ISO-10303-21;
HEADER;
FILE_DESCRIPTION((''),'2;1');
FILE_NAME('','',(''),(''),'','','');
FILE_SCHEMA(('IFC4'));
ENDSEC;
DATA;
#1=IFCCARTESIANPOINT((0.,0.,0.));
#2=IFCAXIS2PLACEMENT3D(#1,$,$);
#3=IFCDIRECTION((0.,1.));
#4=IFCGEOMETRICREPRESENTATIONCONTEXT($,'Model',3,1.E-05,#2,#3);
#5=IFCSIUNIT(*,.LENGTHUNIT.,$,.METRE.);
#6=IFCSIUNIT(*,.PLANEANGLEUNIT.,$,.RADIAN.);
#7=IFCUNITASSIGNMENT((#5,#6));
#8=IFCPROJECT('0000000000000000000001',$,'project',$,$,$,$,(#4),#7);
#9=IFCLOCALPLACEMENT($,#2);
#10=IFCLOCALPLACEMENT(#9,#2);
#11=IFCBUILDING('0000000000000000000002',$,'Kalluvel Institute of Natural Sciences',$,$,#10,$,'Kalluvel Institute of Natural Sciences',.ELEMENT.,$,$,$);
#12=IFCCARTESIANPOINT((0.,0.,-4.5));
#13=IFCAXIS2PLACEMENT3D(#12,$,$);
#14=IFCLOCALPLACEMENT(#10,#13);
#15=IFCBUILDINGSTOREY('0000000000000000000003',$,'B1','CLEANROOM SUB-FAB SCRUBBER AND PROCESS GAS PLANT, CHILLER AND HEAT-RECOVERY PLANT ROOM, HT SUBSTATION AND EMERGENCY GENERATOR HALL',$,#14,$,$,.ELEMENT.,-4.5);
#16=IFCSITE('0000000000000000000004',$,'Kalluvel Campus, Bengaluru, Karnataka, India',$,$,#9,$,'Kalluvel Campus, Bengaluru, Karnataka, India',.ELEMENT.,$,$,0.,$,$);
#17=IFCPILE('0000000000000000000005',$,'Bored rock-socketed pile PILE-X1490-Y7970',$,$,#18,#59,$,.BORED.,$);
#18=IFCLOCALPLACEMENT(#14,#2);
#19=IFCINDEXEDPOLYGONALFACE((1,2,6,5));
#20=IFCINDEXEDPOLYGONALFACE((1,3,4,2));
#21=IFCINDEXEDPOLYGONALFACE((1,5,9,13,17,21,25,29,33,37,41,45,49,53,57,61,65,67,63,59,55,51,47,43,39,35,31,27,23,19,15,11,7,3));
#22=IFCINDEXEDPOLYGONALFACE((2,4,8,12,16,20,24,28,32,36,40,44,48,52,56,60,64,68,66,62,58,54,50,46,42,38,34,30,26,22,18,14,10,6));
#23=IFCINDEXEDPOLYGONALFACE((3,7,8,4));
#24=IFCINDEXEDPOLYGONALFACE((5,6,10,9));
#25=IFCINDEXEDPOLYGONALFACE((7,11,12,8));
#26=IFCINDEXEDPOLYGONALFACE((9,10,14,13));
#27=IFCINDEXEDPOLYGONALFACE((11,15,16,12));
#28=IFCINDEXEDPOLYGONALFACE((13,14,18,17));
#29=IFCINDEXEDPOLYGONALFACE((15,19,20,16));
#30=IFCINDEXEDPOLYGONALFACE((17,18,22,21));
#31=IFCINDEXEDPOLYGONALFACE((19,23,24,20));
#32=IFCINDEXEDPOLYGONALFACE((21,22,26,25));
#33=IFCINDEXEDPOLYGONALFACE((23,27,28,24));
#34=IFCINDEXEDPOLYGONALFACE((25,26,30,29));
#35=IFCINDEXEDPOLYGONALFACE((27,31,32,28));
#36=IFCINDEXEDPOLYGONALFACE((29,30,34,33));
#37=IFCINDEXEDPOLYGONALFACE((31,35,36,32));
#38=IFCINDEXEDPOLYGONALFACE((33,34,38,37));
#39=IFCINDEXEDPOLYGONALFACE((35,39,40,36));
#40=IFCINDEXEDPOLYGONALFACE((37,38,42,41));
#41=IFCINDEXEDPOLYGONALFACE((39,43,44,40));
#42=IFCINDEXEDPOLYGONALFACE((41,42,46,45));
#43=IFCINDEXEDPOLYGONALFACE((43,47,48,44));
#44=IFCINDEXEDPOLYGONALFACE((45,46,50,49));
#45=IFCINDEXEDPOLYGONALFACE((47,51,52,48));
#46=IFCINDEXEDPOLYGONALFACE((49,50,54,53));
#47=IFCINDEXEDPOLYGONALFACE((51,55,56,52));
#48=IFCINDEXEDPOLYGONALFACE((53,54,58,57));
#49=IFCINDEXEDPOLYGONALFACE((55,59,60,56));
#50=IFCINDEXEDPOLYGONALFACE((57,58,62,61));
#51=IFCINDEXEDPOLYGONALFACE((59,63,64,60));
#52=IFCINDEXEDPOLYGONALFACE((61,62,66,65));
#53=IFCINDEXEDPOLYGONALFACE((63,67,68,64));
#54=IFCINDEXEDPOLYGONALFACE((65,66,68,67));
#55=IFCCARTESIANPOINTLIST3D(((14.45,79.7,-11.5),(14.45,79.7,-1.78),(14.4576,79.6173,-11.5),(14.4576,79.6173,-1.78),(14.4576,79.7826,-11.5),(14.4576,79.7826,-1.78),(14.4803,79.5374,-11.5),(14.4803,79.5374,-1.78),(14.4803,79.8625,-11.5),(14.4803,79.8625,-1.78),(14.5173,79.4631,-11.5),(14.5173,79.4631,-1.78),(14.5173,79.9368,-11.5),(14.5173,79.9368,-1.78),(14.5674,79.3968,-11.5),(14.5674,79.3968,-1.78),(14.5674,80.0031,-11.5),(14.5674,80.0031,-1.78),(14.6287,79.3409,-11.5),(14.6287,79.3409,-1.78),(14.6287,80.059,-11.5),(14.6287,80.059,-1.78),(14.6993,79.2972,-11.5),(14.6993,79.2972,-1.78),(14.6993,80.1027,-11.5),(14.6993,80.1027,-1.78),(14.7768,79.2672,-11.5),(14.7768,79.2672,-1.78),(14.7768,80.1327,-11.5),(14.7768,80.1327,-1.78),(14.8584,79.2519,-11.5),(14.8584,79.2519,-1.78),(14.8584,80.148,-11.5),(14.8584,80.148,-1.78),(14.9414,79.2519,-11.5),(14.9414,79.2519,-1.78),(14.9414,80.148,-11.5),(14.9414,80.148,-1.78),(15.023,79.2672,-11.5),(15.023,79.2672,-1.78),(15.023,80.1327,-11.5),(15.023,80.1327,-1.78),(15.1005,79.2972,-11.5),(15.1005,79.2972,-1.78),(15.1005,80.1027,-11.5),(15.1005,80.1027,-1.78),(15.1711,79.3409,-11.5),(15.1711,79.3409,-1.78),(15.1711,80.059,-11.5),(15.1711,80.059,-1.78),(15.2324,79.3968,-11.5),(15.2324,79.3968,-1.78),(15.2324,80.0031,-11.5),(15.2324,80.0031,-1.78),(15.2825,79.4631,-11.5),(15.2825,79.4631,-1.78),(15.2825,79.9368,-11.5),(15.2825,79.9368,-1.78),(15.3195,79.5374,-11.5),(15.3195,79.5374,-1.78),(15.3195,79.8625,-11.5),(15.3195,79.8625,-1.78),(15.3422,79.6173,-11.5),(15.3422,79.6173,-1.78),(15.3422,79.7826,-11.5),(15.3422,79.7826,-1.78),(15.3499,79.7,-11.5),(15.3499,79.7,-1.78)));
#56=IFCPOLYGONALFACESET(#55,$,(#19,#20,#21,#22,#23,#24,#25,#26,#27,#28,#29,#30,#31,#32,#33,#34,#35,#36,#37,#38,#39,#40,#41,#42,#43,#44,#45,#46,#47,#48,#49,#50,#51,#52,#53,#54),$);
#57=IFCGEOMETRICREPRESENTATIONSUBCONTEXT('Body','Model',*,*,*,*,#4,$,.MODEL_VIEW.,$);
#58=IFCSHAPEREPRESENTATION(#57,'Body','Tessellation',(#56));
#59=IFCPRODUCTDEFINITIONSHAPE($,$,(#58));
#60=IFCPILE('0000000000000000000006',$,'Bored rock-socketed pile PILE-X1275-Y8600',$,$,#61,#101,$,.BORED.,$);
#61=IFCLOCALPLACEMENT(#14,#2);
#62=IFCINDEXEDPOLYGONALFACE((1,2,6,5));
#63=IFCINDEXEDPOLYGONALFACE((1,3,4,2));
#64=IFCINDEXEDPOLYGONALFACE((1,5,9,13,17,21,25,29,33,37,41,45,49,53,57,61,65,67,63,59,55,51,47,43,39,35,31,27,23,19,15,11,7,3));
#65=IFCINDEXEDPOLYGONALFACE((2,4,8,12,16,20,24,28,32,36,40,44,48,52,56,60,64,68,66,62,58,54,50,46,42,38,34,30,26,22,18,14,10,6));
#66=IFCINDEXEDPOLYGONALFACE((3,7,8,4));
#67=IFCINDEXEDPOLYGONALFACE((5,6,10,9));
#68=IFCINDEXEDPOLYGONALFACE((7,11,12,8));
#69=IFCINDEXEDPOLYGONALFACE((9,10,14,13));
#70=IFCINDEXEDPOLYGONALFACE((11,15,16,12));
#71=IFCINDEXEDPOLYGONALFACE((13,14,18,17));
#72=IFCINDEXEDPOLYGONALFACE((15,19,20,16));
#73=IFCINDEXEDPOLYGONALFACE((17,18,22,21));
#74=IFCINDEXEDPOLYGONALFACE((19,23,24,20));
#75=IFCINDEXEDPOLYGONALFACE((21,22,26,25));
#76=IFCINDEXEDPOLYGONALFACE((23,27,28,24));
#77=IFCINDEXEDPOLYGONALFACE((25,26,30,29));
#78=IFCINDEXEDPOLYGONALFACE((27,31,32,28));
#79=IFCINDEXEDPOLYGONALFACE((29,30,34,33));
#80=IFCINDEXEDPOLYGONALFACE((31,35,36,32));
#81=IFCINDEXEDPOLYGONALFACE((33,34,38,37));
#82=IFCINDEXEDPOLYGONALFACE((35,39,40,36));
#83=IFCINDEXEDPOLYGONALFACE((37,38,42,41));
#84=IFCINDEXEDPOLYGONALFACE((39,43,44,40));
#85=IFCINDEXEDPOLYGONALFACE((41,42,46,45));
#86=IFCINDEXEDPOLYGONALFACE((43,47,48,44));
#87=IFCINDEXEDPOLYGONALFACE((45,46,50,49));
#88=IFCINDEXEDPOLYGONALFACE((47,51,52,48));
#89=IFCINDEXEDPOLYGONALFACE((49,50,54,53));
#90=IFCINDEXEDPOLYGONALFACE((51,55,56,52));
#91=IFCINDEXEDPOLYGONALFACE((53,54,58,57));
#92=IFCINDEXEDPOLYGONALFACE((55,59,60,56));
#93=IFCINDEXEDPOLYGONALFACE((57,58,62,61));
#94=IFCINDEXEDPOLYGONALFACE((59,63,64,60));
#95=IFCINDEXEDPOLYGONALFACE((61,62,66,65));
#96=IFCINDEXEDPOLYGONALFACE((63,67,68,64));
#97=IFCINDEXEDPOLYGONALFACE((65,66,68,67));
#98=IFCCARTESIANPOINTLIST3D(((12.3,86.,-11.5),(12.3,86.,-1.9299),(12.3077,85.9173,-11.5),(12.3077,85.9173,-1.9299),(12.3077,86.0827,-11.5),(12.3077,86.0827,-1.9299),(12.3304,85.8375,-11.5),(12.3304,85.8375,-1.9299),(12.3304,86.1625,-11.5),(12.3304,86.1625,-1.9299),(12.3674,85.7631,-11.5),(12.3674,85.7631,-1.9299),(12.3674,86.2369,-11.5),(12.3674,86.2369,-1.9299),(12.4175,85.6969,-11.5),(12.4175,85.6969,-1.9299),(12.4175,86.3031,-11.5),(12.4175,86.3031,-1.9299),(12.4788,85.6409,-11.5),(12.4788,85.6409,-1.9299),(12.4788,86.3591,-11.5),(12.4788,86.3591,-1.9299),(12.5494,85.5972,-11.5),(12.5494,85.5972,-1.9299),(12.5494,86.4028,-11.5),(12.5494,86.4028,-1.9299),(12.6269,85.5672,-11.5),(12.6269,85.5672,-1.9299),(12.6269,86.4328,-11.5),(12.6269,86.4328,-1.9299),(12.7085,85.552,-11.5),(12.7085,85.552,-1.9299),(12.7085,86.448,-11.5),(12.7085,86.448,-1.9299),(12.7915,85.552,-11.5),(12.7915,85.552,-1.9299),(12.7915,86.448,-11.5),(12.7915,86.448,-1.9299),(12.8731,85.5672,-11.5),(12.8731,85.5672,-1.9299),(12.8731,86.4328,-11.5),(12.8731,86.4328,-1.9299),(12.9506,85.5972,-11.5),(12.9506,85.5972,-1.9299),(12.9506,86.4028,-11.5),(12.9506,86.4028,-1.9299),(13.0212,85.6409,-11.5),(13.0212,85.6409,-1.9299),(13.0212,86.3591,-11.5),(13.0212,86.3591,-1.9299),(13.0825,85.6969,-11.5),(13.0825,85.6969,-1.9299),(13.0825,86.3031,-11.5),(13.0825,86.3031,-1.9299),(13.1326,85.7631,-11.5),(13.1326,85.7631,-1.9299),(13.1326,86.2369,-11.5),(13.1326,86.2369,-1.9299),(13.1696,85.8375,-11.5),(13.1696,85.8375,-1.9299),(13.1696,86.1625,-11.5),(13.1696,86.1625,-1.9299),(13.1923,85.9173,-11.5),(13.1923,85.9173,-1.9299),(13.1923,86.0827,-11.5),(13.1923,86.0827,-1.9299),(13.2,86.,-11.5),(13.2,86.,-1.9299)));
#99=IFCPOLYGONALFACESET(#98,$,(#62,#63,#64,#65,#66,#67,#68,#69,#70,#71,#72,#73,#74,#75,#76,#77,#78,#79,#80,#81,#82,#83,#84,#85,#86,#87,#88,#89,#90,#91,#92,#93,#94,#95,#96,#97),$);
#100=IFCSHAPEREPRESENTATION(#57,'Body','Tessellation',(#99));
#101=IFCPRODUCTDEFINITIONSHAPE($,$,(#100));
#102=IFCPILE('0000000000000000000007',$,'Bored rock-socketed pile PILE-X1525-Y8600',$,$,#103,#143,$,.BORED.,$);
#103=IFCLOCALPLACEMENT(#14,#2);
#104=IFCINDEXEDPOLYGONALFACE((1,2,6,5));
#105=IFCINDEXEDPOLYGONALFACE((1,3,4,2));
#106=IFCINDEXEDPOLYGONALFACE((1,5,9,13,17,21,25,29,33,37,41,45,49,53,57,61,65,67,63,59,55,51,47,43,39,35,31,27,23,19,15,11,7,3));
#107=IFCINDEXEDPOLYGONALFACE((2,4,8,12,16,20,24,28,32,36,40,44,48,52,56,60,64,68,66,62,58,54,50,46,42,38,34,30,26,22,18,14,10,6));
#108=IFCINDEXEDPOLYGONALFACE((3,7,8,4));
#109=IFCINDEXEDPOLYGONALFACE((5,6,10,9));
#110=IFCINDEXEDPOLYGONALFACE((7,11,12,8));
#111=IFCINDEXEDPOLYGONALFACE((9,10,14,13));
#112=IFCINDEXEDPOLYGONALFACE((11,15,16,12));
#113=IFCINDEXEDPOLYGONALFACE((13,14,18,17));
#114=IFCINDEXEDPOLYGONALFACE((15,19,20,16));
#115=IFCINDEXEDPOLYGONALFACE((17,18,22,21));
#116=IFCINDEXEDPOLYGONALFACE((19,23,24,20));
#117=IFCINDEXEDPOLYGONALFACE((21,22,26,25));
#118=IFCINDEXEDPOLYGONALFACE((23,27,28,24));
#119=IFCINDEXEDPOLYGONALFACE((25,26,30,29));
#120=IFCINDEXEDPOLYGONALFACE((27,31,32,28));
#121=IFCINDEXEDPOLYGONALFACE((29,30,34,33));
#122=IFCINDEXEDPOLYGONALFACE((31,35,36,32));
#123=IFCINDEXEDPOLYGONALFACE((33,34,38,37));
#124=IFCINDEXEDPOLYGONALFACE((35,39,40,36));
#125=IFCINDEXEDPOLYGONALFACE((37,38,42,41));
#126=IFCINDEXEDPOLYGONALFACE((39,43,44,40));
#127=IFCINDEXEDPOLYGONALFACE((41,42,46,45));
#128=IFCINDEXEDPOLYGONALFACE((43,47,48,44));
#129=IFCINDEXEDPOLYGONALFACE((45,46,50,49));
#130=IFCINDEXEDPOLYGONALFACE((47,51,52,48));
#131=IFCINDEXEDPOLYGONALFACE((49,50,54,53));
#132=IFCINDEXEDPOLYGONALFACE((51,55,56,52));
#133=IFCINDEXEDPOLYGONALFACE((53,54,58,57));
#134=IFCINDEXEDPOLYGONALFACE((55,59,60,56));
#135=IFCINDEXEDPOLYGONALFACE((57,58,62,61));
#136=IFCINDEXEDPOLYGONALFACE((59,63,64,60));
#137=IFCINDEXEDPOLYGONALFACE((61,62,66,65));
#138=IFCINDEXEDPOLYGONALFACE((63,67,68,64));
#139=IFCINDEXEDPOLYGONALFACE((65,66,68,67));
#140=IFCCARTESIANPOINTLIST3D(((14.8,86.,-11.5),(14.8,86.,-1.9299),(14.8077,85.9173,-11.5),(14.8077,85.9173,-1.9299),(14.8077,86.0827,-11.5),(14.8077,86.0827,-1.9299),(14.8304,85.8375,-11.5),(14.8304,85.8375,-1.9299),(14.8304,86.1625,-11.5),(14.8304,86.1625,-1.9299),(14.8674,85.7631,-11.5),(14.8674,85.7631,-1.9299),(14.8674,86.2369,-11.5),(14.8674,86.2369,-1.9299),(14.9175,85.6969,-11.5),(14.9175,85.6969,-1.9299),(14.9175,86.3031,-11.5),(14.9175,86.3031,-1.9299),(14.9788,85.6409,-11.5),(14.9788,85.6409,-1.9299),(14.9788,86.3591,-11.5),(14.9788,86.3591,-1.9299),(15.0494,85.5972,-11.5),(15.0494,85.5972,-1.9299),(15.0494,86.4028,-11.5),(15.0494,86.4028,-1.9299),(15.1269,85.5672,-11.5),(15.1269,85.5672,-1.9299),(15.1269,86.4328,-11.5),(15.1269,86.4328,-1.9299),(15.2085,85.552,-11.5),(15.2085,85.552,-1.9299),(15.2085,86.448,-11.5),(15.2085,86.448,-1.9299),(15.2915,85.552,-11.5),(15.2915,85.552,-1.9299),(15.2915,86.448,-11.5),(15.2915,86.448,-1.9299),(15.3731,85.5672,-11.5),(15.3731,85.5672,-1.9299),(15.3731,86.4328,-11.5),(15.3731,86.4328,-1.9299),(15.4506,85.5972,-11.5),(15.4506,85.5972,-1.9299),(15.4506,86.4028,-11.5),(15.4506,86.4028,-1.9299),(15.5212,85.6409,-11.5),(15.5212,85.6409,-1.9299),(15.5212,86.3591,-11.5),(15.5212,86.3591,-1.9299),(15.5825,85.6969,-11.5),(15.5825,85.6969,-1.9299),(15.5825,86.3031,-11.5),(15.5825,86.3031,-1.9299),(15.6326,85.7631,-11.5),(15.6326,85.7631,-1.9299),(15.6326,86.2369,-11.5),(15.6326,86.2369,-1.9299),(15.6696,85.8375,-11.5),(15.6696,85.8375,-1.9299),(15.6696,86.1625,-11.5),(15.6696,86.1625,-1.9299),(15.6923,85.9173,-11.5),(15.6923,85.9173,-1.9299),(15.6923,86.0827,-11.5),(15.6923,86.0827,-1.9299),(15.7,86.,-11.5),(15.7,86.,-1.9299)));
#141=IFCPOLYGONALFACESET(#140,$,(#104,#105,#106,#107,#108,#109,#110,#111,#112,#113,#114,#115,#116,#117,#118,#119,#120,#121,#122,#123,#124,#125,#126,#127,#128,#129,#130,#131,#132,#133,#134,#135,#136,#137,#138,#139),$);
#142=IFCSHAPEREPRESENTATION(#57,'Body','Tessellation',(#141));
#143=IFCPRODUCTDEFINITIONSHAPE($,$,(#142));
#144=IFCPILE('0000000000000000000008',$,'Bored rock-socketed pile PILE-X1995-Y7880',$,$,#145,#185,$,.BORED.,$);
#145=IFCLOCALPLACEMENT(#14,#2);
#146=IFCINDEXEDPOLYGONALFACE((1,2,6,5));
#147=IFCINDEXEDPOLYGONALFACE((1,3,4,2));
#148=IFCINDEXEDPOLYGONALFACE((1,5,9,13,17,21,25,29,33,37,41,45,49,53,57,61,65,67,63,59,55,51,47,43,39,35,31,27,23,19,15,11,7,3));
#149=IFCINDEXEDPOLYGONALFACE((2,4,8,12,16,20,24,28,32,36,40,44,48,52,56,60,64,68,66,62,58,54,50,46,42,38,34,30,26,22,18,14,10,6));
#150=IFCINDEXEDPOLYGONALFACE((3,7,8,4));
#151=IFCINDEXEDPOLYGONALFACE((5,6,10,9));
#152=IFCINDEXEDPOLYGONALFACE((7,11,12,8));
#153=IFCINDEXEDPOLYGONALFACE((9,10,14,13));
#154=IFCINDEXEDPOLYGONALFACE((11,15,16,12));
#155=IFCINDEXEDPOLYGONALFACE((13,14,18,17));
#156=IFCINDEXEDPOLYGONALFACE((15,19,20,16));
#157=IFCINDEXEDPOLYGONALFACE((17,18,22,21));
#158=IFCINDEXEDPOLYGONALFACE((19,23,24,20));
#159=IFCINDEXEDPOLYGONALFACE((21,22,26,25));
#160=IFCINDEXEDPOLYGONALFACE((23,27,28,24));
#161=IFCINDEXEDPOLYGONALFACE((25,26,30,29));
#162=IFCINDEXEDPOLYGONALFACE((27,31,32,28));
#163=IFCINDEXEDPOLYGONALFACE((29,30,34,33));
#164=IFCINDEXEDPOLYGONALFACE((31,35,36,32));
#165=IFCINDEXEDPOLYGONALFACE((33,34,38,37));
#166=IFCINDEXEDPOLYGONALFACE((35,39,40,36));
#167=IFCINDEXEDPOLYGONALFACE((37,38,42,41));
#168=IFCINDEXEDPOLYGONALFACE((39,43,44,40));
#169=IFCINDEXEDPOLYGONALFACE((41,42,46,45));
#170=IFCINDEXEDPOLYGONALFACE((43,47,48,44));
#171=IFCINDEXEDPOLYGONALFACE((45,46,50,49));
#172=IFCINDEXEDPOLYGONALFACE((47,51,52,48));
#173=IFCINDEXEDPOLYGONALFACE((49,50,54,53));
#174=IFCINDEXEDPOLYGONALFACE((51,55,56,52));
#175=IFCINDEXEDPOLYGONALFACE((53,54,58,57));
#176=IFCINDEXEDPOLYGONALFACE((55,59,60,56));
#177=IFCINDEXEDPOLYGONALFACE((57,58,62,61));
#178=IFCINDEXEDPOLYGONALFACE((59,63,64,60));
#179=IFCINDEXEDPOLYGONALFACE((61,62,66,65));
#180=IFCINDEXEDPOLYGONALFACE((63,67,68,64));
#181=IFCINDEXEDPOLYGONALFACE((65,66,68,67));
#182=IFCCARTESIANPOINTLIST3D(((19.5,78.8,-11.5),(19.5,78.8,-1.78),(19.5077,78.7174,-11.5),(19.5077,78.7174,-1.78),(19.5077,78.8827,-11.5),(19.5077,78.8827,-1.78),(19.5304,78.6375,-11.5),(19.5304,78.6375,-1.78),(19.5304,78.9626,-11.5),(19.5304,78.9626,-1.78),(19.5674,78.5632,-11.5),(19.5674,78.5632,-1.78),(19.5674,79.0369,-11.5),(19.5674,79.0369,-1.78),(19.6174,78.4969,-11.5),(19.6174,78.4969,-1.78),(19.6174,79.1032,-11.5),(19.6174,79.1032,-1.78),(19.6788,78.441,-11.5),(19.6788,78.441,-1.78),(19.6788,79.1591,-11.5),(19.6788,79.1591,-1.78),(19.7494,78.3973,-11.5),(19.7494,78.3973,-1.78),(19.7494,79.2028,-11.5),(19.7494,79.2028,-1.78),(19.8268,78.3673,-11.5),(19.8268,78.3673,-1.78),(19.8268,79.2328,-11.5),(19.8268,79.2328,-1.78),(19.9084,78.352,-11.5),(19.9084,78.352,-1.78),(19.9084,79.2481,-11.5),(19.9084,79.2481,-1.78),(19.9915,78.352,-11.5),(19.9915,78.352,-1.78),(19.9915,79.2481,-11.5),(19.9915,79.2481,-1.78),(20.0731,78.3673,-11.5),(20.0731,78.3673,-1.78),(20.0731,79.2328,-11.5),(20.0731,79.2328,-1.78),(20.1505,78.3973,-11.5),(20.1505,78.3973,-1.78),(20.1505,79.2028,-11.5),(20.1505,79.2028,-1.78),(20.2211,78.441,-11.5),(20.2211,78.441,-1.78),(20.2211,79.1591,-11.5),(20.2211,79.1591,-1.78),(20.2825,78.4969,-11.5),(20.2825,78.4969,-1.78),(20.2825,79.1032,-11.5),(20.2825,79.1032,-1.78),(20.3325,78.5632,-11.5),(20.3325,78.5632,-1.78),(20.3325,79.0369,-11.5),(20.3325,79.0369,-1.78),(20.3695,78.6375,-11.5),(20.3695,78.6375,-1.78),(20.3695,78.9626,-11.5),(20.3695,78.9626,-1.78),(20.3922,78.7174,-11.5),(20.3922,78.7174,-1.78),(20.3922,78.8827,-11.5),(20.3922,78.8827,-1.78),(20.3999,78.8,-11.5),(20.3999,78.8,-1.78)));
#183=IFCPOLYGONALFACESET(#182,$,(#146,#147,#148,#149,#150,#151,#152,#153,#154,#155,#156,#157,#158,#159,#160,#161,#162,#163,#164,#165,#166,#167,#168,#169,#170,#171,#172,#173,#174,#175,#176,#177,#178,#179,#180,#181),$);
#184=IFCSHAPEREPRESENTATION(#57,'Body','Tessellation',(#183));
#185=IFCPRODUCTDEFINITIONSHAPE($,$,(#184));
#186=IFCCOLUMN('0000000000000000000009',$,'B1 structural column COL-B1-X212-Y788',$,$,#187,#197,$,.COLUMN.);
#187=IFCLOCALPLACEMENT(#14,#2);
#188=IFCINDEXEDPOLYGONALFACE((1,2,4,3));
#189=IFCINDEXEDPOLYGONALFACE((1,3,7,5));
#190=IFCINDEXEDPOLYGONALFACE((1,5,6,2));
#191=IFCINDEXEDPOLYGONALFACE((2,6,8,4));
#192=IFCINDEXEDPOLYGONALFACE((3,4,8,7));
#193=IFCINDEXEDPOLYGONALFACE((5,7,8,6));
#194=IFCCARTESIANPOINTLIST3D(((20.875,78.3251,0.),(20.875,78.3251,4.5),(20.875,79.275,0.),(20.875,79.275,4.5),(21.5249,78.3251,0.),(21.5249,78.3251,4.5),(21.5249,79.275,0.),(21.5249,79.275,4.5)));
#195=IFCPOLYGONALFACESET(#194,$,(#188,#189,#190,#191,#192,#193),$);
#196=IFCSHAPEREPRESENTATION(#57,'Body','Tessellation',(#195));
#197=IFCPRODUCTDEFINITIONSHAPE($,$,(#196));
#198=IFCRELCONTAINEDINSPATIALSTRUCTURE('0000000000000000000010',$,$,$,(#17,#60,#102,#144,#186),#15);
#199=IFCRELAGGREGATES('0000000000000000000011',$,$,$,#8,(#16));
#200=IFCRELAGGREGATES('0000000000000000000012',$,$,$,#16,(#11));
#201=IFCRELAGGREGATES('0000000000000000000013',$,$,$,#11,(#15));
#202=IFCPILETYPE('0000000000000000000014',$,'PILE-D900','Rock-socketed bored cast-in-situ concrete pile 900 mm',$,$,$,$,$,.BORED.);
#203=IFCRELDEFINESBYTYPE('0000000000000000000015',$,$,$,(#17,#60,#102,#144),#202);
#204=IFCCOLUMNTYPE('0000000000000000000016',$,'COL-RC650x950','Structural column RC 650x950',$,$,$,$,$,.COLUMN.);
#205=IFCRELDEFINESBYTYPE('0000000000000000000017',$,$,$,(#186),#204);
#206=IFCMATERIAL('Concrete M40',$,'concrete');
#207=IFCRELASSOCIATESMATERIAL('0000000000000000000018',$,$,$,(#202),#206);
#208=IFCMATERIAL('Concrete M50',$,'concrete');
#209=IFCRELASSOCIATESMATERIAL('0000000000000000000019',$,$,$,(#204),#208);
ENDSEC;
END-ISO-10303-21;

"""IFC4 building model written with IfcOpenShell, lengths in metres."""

from ifc_helpers import new_model, si_unit, direction, frame, origin, origin_2d, place, context, subcontext, project, spatial, rectangle, circle, extrude, material, material_profile, profile_set, type_object, element, save


model = new_model("IFC4")

# Units and contexts
model_context = context("Model", 3, precision=1e-05, world=origin(), true_north=direction((0.0, 1.0)))
body_context = subcontext(model_context, "Body", "Model", "MODEL_VIEW")
ifc_project = project(units=[si_unit("LENGTHUNIT", "METRE"), si_unit("PLANEANGLEUNIT", "RADIAN")], contexts=[model_context])

# Site, building, storey
site_placement = place(None, origin())
site = spatial("IfcSite", under=ifc_project, at=site_placement, Name="Kalluvel Campus, Bengaluru, Karnataka, India", LongName="Kalluvel Campus, Bengaluru, Karnataka, India", CompositionType="ELEMENT", RefElevation=0.0)
building_placement = place(site_placement, origin())
building = spatial("IfcBuilding", under=site, at=building_placement, Name="Kalluvel Institute of Natural Sciences", LongName="Kalluvel Institute of Natural Sciences", CompositionType="ELEMENT")
storey_placement = place(building_placement, frame((0.0, 0.0, -4.5)))
storey = spatial("IfcBuildingStorey", under=building, at=storey_placement, Name="B1", Description="CLEANROOM SUB-FAB SCRUBBER AND PROCESS GAS PLANT, CHILLER AND HEAT-RECOVERY PLANT ROOM, HT SUBSTATION AND EMERGENCY GENERATOR HALL", CompositionType="ELEMENT", Elevation=-4.5)

# Shared definitions
ifc_material_1 = material(Name="Concrete M40", Category="concrete")

# Piles
ifc_material_profile_1 = material_profile(ifc_material_1, circle(Radius=0.45, at=origin_2d()), Name="PILE D900")
ifc_profile_set_1 = profile_set([ifc_material_profile_1], Name="Concrete M40")
pile_type_1 = type_object("IfcPileType", Name="PILE-D900", Description="Rock-socketed bored cast-in-situ concrete pile 900 mm", PredefinedType="BORED", material=ifc_profile_set_1)
for number, where, z_axis, x_axis, name in (
    (1, (14.8999, 79.7, -1.78), (0.0, 0.0, -1.0), (1.0, 0.0, 0.0), "Bored rock-socketed pile PILE-X1490-Y7970"),
):
    element("IfcPile", number, at=place(storey_placement, frame(where, z_axis=z_axis, x_axis=x_axis)), inside=storey, type_object=pile_type_1, Name=name, PredefinedType="BORED", context=body_context, shape_type="SweptSolid", body=[
        extrude(circle(Radius=0.45, at=origin_2d()), origin(), (0.0, 0.0, 1.0), 9.72),
    ])
for number, where, z_axis, x_axis, name in (
    (2, (12.75, 86.0, -1.9299), (0.0, 0.0, -1.0), (1.0, 0.0, 0.0), "Bored rock-socketed pile PILE-X1275-Y8600"),
    (3, (15.25, 86.0, -1.9299), (0.0, 0.0, -1.0), (1.0, 0.0, 0.0), "Bored rock-socketed pile PILE-X1525-Y8600"),
):
    element("IfcPile", number, at=place(storey_placement, frame(where, z_axis=z_axis, x_axis=x_axis)), inside=storey, type_object=pile_type_1, Name=name, PredefinedType="BORED", context=body_context, shape_type="SweptSolid", body=[
        extrude(circle(Radius=0.45, at=origin_2d()), origin(), (0.0, 0.0, 1.0), 9.5701),
    ])
pile_placement = place(storey_placement, frame((19.95, 78.8, -1.78), z_axis=(0.0, 0.0, -1.0), x_axis=(1.0, 0.0, 0.0)))
element("IfcPile", 4, at=pile_placement, inside=storey, type_object=pile_type_1, Name="Bored rock-socketed pile PILE-X1995-Y7880", PredefinedType="BORED", context=body_context, shape_type="SweptSolid", body=[
    extrude(circle(Radius=0.45, at=origin_2d()), origin(), (0.0, 0.0, 1.0), 9.72),
])

# Column
ifc_material_2 = material(Name="Concrete M50", Category="concrete")
ifc_material_profile_2 = material_profile(ifc_material_2, rectangle(XDim=0.6499, YDim=0.95, at=origin_2d()), Name="RC 650x950")
ifc_profile_set_2 = profile_set([ifc_material_profile_2], Name="Concrete M50")
column_type_1 = type_object("IfcColumnType", Name="COL-RC650x950", Description="Structural column RC 650x950", PredefinedType="COLUMN", material=ifc_profile_set_2)
for number, where, z_axis, x_axis, name in (
    (5, (21.2, 78.8, 0.0), (0.0, 0.0, 1.0), (1.0, 0.0, 0.0), "B1 structural column COL-B1-X212-Y788"),
):
    element("IfcColumn", number, at=place(storey_placement, frame(where, z_axis=z_axis, x_axis=x_axis)), inside=storey, type_object=column_type_1, Name=name, PredefinedType="COLUMN", context=body_context, shape_type="SweptSolid", body=[
        extrude(rectangle(XDim=0.6499, YDim=0.95, at=origin_2d()), origin(), (0.0, 0.0, 1.0), 4.5),
    ])

save(model, "model.ifc")
